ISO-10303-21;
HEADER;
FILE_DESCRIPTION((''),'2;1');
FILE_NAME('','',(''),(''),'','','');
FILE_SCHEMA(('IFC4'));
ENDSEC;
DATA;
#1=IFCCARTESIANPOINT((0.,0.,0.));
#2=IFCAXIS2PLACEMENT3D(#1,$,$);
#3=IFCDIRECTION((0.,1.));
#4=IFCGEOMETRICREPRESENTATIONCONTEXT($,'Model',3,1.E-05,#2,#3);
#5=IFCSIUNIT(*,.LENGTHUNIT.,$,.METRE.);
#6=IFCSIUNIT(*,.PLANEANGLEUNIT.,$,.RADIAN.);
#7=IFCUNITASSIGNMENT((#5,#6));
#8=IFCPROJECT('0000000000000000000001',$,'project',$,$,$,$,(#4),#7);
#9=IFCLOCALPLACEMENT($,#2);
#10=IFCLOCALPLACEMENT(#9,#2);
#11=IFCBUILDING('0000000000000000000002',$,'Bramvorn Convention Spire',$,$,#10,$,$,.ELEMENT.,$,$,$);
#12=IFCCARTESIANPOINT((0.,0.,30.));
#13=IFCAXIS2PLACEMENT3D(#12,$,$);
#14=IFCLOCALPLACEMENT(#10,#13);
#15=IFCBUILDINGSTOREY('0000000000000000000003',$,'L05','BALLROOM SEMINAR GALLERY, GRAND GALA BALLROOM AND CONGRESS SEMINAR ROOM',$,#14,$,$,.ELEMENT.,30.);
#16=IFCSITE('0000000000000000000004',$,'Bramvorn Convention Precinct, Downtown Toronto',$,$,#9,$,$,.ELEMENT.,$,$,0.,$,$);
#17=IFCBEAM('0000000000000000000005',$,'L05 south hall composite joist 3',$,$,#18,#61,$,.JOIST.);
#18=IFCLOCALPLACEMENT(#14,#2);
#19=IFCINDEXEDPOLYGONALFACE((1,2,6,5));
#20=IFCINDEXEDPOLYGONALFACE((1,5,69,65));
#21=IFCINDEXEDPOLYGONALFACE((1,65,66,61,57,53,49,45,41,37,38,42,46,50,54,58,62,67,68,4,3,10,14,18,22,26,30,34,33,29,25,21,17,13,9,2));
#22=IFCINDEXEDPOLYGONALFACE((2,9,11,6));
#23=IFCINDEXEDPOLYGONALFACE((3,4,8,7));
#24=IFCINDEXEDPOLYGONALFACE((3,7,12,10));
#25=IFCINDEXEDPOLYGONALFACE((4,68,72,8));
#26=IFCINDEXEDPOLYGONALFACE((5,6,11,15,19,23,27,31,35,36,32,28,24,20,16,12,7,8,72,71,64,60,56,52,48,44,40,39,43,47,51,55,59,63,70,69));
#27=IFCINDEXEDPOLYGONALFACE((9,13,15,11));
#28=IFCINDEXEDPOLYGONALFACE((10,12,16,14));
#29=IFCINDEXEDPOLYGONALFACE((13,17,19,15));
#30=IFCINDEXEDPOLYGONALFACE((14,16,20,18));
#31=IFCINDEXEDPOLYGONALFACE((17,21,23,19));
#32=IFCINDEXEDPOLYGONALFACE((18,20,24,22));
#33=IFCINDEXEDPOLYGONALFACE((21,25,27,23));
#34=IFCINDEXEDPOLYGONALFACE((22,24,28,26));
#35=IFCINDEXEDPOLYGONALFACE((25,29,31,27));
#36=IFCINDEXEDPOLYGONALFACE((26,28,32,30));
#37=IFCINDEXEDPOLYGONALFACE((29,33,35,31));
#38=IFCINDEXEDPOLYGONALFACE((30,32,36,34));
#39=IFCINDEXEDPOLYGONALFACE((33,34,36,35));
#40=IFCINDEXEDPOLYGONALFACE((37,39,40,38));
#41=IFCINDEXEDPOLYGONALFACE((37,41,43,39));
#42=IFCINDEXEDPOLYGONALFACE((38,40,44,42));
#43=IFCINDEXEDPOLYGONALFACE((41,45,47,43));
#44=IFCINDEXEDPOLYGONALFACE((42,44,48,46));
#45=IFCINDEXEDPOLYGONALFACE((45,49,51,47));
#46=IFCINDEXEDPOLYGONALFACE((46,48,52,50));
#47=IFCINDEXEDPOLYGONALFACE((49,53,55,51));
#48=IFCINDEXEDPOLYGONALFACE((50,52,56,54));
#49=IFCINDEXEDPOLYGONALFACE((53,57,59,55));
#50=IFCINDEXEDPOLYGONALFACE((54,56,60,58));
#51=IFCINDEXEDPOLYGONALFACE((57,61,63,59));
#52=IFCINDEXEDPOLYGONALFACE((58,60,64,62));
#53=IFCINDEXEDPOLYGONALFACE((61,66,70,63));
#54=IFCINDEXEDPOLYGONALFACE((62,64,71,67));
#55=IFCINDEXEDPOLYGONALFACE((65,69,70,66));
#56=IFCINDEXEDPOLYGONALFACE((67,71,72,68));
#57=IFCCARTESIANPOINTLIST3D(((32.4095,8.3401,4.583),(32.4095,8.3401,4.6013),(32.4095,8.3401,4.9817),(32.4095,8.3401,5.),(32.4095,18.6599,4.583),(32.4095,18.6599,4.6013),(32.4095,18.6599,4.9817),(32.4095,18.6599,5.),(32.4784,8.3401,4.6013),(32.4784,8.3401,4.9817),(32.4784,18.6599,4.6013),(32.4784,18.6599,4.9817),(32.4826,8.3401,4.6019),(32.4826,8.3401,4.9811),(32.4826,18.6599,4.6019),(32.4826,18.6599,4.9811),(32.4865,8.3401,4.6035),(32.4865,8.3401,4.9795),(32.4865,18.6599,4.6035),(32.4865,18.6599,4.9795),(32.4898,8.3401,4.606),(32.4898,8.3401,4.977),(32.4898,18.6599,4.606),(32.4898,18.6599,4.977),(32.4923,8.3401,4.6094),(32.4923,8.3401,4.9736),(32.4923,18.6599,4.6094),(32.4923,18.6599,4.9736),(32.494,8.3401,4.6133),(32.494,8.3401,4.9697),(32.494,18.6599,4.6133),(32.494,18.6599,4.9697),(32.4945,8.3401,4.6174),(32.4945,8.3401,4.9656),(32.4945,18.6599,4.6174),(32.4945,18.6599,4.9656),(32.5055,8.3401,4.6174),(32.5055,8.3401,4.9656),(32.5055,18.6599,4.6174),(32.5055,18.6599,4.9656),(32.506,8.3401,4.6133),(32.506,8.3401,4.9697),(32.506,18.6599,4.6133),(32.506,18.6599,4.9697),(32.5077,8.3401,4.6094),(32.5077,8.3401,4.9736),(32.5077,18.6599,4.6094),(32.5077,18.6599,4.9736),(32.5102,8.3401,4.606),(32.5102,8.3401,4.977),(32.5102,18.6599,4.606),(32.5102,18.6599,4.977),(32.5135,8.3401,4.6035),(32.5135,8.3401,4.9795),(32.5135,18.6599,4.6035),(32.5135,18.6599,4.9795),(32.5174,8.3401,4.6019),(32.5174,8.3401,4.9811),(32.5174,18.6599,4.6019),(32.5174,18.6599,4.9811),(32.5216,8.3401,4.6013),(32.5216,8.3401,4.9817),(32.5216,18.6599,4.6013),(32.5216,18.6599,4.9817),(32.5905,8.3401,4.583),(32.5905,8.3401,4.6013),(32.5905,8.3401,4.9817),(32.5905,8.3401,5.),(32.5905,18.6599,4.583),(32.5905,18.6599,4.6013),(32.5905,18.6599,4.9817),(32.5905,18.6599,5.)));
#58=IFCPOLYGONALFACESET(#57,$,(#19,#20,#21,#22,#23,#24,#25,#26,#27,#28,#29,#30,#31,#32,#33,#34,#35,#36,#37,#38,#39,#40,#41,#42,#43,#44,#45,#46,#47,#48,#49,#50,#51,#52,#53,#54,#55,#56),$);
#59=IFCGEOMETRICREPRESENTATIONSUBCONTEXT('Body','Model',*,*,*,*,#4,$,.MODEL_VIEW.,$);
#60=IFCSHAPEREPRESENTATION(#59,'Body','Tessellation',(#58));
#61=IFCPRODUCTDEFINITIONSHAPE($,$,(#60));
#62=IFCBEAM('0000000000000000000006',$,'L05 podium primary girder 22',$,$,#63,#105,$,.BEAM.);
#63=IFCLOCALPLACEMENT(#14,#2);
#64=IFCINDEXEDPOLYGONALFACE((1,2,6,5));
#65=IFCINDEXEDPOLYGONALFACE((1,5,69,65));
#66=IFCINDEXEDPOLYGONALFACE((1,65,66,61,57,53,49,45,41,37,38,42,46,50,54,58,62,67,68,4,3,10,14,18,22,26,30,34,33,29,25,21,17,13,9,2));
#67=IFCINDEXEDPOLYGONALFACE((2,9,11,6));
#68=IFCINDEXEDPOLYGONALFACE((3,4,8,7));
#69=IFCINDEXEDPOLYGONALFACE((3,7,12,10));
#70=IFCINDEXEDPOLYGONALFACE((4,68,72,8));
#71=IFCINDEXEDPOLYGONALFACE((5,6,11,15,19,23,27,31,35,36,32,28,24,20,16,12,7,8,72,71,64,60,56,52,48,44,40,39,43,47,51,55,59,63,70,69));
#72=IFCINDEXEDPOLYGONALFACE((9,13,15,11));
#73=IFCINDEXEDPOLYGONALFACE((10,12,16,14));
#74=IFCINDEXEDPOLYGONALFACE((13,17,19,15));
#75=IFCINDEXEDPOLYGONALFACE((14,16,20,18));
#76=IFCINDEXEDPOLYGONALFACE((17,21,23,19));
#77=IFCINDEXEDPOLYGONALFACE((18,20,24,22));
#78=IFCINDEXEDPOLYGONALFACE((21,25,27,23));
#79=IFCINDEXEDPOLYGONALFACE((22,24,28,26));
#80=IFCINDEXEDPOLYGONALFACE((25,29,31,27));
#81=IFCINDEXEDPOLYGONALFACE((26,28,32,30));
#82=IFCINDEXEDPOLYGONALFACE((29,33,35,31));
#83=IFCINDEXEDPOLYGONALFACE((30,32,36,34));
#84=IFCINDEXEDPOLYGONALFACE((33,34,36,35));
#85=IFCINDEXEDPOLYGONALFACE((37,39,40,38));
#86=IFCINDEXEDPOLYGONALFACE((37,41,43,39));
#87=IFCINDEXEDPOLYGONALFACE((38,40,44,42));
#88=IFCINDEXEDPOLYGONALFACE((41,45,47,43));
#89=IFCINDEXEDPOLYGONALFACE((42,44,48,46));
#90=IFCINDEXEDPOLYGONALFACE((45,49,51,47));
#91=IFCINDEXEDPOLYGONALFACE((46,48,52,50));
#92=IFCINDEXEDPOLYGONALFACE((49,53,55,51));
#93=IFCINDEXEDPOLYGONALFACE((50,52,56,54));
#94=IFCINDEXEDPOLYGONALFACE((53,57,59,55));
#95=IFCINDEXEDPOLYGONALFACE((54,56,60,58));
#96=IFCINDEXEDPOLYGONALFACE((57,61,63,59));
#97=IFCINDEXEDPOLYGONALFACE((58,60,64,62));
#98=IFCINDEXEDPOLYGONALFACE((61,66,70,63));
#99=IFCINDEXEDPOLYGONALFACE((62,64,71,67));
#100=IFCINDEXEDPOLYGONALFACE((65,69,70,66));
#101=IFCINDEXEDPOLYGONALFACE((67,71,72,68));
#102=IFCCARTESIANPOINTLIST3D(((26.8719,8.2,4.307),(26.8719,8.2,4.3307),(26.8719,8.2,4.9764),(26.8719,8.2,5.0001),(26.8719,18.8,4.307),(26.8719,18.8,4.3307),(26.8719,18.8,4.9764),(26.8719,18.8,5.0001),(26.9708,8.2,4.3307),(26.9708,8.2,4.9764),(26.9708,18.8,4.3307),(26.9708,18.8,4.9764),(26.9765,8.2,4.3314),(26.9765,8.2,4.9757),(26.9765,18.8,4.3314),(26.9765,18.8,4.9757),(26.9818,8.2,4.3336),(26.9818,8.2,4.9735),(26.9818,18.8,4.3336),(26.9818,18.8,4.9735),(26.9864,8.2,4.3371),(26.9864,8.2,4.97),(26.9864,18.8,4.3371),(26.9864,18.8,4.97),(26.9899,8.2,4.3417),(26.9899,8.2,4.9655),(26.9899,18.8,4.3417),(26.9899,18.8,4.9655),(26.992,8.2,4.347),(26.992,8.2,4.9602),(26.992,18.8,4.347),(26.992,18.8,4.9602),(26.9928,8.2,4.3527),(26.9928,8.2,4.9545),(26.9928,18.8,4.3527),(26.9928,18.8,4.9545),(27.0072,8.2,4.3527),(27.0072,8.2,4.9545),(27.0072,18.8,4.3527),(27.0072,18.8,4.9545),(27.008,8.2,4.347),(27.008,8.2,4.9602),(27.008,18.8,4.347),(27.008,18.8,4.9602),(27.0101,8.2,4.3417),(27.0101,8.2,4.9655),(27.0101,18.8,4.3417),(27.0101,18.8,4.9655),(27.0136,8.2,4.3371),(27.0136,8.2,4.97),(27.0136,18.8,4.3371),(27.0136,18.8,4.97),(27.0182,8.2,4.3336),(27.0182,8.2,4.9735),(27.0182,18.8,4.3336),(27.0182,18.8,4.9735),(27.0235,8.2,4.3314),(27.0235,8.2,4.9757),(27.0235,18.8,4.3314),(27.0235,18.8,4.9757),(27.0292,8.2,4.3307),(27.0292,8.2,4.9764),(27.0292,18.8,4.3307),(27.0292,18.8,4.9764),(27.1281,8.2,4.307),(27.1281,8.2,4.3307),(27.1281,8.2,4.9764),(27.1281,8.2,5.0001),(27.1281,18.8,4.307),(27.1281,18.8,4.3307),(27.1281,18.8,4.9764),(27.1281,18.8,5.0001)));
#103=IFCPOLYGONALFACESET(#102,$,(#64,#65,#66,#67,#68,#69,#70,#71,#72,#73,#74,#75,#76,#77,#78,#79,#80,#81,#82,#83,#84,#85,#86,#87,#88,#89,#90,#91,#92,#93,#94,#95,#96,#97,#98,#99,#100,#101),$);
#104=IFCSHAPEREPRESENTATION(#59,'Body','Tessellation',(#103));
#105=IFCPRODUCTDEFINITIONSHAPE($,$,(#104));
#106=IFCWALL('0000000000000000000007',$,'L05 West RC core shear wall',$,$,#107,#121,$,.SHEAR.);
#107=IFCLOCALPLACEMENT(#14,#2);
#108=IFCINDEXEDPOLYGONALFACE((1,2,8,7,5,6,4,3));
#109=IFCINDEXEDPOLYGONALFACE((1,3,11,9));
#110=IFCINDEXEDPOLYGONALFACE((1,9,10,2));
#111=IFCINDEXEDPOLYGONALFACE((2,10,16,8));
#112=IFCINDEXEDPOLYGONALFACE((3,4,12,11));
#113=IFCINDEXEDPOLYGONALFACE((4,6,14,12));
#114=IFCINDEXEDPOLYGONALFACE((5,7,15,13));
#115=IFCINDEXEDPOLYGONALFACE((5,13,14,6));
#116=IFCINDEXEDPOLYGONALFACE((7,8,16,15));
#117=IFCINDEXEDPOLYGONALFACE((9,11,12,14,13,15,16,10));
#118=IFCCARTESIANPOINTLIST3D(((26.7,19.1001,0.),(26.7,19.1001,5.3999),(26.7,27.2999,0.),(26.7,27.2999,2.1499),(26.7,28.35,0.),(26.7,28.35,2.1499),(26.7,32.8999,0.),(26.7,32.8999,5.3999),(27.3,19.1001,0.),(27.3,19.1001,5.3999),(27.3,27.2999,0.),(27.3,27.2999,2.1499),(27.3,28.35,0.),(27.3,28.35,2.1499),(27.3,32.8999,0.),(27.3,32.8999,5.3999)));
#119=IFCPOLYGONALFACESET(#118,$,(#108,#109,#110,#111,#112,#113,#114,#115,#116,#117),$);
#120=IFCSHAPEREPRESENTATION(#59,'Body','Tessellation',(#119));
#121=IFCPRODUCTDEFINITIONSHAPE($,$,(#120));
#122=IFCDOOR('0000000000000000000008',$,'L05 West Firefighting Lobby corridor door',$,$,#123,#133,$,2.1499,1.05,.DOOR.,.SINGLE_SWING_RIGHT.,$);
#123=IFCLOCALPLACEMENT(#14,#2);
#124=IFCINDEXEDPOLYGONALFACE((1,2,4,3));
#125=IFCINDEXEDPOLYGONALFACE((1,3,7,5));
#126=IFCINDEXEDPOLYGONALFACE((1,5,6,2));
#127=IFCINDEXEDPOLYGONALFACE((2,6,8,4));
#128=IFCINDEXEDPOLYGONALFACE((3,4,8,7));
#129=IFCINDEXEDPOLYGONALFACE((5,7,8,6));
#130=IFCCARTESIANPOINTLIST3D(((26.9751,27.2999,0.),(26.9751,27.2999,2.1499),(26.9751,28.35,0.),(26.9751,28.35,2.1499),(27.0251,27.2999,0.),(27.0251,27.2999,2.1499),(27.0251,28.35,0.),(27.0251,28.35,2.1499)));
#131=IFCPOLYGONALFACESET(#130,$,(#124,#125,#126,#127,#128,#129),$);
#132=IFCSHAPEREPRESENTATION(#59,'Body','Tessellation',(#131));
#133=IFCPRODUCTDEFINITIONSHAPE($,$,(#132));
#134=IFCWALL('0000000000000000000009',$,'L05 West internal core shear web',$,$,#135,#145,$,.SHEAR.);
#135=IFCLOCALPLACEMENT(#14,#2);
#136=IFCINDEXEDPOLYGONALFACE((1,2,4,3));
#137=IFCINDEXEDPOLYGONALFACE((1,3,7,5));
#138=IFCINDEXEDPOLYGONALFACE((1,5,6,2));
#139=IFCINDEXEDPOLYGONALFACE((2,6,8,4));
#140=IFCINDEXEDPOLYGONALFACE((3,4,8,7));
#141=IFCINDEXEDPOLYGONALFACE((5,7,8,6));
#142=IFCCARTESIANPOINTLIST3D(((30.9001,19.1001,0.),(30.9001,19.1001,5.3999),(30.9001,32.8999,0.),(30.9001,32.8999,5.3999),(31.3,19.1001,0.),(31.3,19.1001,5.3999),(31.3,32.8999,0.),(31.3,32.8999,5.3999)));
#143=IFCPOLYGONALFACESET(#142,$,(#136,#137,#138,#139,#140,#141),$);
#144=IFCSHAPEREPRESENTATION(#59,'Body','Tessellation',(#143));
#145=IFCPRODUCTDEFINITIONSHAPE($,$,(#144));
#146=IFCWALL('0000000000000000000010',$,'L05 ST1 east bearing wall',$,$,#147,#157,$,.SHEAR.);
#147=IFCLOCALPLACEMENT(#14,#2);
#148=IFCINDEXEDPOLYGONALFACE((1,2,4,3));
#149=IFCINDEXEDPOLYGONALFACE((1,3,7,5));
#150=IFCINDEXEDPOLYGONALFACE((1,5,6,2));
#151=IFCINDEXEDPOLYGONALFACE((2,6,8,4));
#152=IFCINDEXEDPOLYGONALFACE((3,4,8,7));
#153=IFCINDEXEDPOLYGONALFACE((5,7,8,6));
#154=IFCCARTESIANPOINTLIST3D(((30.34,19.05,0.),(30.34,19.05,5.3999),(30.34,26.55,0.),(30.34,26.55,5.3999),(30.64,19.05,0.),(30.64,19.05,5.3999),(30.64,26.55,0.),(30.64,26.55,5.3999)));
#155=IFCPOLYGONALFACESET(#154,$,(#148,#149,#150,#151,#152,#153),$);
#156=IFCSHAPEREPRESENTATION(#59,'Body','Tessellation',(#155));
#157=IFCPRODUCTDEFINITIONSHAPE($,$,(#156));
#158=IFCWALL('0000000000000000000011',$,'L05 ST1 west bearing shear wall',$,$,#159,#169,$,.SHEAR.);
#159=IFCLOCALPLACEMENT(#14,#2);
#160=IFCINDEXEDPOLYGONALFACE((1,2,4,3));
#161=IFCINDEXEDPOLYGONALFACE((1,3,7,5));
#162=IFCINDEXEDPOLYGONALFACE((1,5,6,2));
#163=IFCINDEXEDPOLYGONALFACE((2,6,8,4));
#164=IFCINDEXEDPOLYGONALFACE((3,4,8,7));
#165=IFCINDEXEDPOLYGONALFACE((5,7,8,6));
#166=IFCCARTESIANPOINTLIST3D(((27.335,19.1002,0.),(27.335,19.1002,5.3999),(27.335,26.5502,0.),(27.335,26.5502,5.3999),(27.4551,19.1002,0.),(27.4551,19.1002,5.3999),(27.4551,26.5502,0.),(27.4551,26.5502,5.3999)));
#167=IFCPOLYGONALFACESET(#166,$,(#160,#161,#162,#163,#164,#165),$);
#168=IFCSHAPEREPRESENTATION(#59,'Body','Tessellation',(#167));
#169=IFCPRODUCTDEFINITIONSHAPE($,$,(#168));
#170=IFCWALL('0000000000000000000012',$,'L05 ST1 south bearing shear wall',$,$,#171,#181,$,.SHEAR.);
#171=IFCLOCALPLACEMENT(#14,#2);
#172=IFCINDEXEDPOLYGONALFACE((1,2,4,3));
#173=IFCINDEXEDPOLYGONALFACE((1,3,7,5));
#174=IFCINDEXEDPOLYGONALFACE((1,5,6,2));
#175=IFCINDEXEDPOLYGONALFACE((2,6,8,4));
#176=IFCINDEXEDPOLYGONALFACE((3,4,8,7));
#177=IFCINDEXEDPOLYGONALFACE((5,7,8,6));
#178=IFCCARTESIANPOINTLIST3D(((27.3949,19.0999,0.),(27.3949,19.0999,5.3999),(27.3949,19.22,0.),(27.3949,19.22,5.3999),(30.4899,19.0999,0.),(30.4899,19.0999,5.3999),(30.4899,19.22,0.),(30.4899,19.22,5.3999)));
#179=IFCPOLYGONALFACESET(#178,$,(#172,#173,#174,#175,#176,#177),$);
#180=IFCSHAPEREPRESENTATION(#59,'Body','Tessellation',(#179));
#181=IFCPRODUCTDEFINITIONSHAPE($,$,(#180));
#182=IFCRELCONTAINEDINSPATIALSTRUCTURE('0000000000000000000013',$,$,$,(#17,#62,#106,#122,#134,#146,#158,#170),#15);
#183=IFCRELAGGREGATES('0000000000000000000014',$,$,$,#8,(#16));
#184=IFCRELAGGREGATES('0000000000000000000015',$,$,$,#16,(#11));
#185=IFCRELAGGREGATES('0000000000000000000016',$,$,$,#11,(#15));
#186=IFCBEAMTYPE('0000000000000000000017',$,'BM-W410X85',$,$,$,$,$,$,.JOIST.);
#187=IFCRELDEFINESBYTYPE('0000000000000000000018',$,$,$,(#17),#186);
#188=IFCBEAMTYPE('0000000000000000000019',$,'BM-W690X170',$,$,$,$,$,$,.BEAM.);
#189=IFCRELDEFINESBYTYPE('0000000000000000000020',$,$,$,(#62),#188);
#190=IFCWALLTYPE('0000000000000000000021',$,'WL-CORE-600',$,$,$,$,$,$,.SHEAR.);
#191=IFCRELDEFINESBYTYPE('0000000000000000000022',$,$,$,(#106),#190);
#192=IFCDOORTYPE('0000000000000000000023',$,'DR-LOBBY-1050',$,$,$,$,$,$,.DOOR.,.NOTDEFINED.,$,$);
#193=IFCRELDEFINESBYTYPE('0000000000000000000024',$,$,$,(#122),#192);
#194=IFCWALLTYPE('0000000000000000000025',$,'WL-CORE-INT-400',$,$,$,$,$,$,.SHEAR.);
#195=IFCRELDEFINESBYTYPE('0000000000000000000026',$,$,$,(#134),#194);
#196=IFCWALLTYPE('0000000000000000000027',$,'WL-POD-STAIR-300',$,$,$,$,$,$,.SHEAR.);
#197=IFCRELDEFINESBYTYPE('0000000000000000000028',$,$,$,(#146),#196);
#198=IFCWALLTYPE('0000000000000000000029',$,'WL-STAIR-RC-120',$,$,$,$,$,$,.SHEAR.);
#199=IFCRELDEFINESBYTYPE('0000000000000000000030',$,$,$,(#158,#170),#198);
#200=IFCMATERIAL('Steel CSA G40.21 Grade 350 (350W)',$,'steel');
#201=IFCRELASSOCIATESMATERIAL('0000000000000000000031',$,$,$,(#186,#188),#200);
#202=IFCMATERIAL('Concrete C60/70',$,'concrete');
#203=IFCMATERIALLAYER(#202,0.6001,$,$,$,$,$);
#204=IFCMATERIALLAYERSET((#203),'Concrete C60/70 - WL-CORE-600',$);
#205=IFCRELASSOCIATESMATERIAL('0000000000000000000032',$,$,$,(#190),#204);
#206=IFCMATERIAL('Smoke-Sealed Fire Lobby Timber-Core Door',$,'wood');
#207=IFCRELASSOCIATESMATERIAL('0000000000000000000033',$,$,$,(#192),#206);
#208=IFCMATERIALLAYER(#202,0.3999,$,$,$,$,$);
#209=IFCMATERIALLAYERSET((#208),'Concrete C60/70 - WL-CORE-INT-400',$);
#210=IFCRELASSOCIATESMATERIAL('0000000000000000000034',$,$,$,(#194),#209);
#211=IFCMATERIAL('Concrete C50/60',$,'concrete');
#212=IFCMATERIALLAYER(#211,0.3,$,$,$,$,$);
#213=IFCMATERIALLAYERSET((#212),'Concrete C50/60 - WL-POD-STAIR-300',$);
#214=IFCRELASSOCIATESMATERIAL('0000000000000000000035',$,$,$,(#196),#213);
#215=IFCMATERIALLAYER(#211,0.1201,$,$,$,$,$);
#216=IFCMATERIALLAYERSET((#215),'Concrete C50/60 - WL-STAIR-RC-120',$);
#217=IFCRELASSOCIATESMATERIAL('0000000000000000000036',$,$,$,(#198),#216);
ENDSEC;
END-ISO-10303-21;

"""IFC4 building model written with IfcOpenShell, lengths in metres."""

from ifc_helpers import new_model, si_unit, direction, frame, frame_2d, origin, origin_2d, place, context, subcontext, project, spatial, rectangle, i_section, extrude, material, layer, layer_set, material_profile, profile_set, type_object, element, fill, save


model = new_model("IFC4")

# Units and contexts
model_context = context("Model", 3, precision=1e-05, world=origin(), true_north=direction((0.0, 1.0)))
body_context = subcontext(model_context, "Body", "Model", "MODEL_VIEW")
ifc_project = project(units=[si_unit("LENGTHUNIT", "METRE"), si_unit("PLANEANGLEUNIT", "RADIAN")], contexts=[model_context])

# Site, building, storey
site_placement = place(None, origin())
site = spatial("IfcSite", under=ifc_project, at=site_placement, Name="Bramvorn Convention Precinct, Downtown Toronto", CompositionType="ELEMENT", RefElevation=0.0)
building_placement = place(site_placement, origin())
building = spatial("IfcBuilding", under=site, at=building_placement, Name="Bramvorn Convention Spire", CompositionType="ELEMENT")
storey_placement = place(building_placement, frame((0.0, 0.0, 30.0)))
storey = spatial("IfcBuildingStorey", under=building, at=storey_placement, Name="L05", Description="BALLROOM SEMINAR GALLERY, GRAND GALA BALLROOM AND CONGRESS SEMINAR ROOM", CompositionType="ELEMENT", Elevation=30.0)

# Beams
ifc_material_1 = material(Name="Steel CSA G40.21 Grade 350 (350W)", Category="steel")
ifc_material_profile_1 = material_profile(ifc_material_1, i_section(OverallWidth=0.1809, OverallDepth=0.417, WebThickness=0.011, FlangeThickness=0.0183, FilletRadius=0.0161, at=origin_2d()))
ifc_profile_set_1 = profile_set([ifc_material_profile_1], Name="Steel CSA G40.21 Grade 350 (350W) - W410X85")
beam_type_1 = type_object("IfcBeamType", Name="BM-W410X85", PredefinedType="JOIST", material=ifc_profile_set_1)
beam_1_placement = place(storey_placement, frame((32.5, 8.3401, 4.7915), z_axis=(0.0, 1.0, 0.0), x_axis=(-1.0, 0.0, 0.0)))
element("IfcBeam", 1, at=beam_1_placement, inside=storey, type_object=beam_type_1, Name="L05 south hall composite joist 3", PredefinedType="JOIST", context=body_context, shape_type="SweptSolid", body=[
    extrude(i_section(OverallWidth=0.1809, OverallDepth=0.417, WebThickness=0.011, FlangeThickness=0.0183, FilletRadius=0.0161, at=origin_2d()), origin(), (0.0, 0.0, 1.0), 10.3198),
])
ifc_material_profile_2 = material_profile(ifc_material_1, i_section(OverallWidth=0.2561, OverallDepth=0.6931, WebThickness=0.0144, FlangeThickness=0.0237, FilletRadius=0.022, at=origin_2d()))
ifc_profile_set_2 = profile_set([ifc_material_profile_2], Name="Steel CSA G40.21 Grade 350 (350W) - W690X170")
beam_type_2 = type_object("IfcBeamType", Name="BM-W690X170", PredefinedType="BEAM", material=ifc_profile_set_2)
beam_2_placement = place(storey_placement, frame((27.0, 8.2, 4.6536), z_axis=(0.0, 1.0, 0.0), x_axis=(-1.0, 0.0, 0.0)))
element("IfcBeam", 2, at=beam_2_placement, inside=storey, type_object=beam_type_2, Name="L05 podium primary girder 22", PredefinedType="BEAM", context=body_context, shape_type="SweptSolid", body=[
    extrude(i_section(OverallWidth=0.2561, OverallDepth=0.6931, WebThickness=0.0144, FlangeThickness=0.0237, FilletRadius=0.022, at=origin_2d()), origin(), (0.0, 0.0, 1.0), 10.6001),
])

# Wall, opening, door
ifc_material_2 = material(Name="Concrete C60/70", Category="concrete")
ifc_layer_1 = layer(ifc_material_2, 0.6001)
ifc_layer_set_1 = layer_set([ifc_layer_1], Name="Concrete C60/70 - WL-CORE-600")
wall_type_1 = type_object("IfcWallType", Name="WL-CORE-600", PredefinedType="SHEAR", material=ifc_layer_set_1)
wall_1_placement = place(storey_placement, frame((27.0, 19.1001, 0.0), z_axis=(0.0, 0.0, 1.0), x_axis=(0.0, 1.0, 0.0)))
wall_1 = element("IfcWall", 3, at=wall_1_placement, inside=storey, type_object=wall_type_1, Name="L05 West RC core shear wall", PredefinedType="SHEAR", context=body_context, shape_type="SweptSolid", body=[
    extrude(rectangle(XDim=13.7998, YDim=0.6001, at=frame_2d((6.8999, 0.0))), origin(), (0.0, 0.0, 1.0), 5.3999),
])
opening_placement = place(wall_1_placement, frame((8.2, 0.0, 0.0)))
opening = element("IfcOpeningElement", 4, at=opening_placement, cuts=wall_1, PredefinedType="OPENING", context=body_context, shape_type="SweptSolid", body=[
    extrude(rectangle(XDim=1.05, YDim=2.1499, at=frame_2d((0.5249, 1.075))), frame((0.0, 0.3101, 0.0), z_axis=(0.0, -1.0, 0.0), x_axis=(1.0, 0.0, 0.0)), (0.0, 0.0, 1.0), 0.6201),
])
ifc_material_3 = material(Name="Smoke-Sealed Fire Lobby Timber-Core Door", Category="wood")
door_type = type_object("IfcDoorType", Name="DR-LOBBY-1050", OperationType="NOTDEFINED", PredefinedType="DOOR", material=ifc_material_3)
door_placement = place(opening_placement, origin())
door = element("IfcDoor", 5, at=door_placement, inside=storey, type_object=door_type, Name="L05 West Firefighting Lobby corridor door", OperationType="SINGLE_SWING_RIGHT", OverallHeight=2.1499, OverallWidth=1.05, PredefinedType="DOOR", context=body_context, shape_type="SweptSolid", body=[
    extrude(rectangle(XDim=1.05, YDim=2.1499, at=frame_2d((0.5249, 1.075))), frame((0.0, 0.0249, 0.0), z_axis=(0.0, -1.0, 0.0), x_axis=(1.0, 0.0, 0.0)), (0.0, 0.0, 1.0), 0.05),
])
fill(opening, door)

# Walls
ifc_layer_2 = layer(ifc_material_2, 0.3999)
ifc_layer_set_2 = layer_set([ifc_layer_2], Name="Concrete C60/70 - WL-CORE-INT-400")
wall_type_2 = type_object("IfcWallType", Name="WL-CORE-INT-400", PredefinedType="SHEAR", material=ifc_layer_set_2)
wall_2_placement = place(storey_placement, frame((31.1001, 19.1001, 0.0), z_axis=(0.0, 0.0, 1.0), x_axis=(0.0, 1.0, 0.0)))
element("IfcWall", 6, at=wall_2_placement, inside=storey, type_object=wall_type_2, Name="L05 West internal core shear web", PredefinedType="SHEAR", context=body_context, shape_type="SweptSolid", body=[
    extrude(rectangle(XDim=13.7998, YDim=0.3999, at=frame_2d((6.8999, 0.0))), origin(), (0.0, 0.0, 1.0), 5.3999),
])
ifc_material_4 = material(Name="Concrete C50/60", Category="concrete")
ifc_layer_3 = layer(ifc_material_4, 0.3)
ifc_layer_set_3 = layer_set([ifc_layer_3], Name="Concrete C50/60 - WL-POD-STAIR-300")
wall_type_3 = type_object("IfcWallType", Name="WL-POD-STAIR-300", PredefinedType="SHEAR", material=ifc_layer_set_3)
wall_3_placement = place(storey_placement, frame((30.49, 19.05, 0.0), z_axis=(0.0, 0.0, 1.0), x_axis=(0.0, 1.0, 0.0)))
element("IfcWall", 7, at=wall_3_placement, inside=storey, type_object=wall_type_3, Name="L05 ST1 east bearing wall", PredefinedType="SHEAR", context=body_context, shape_type="SweptSolid", body=[
    extrude(rectangle(XDim=7.5, YDim=0.3, at=frame_2d((3.75, 0.0))), origin(), (0.0, 0.0, 1.0), 5.3999),
])
ifc_layer_4 = layer(ifc_material_4, 0.1201)
ifc_layer_set_4 = layer_set([ifc_layer_4], Name="Concrete C50/60 - WL-STAIR-RC-120")
wall_type_4 = type_object("IfcWallType", Name="WL-STAIR-RC-120", PredefinedType="SHEAR", material=ifc_layer_set_4)
wall_4_placement = place(storey_placement, frame((27.395, 19.1001, 0.0), z_axis=(0.0, 0.0, 1.0), x_axis=(0.0, 1.0, 0.0)))
element("IfcWall", 8, at=wall_4_placement, inside=storey, type_object=wall_type_4, Name="L05 ST1 west bearing shear wall", PredefinedType="SHEAR", context=body_context, shape_type="SweptSolid", body=[
    extrude(rectangle(XDim=7.45, YDim=0.1201, at=frame_2d((3.7251, 0.0))), origin(), (0.0, 0.0, 1.0), 5.3999),
])
wall_5_placement = place(storey_placement, frame((27.395, 19.1599, 0.0), z_axis=(0.0, 0.0, 1.0), x_axis=(1.0, 0.0, 0.0)))
element("IfcWall", 9, at=wall_5_placement, inside=storey, type_object=wall_type_4, Name="L05 ST1 south bearing shear wall", PredefinedType="SHEAR", context=body_context, shape_type="SweptSolid", body=[
    extrude(rectangle(XDim=3.095, YDim=0.1201, at=frame_2d((1.5474, 0.0))), origin(), (0.0, 0.0, 1.0), 5.3999),
])

save(model, "model.ifc")
